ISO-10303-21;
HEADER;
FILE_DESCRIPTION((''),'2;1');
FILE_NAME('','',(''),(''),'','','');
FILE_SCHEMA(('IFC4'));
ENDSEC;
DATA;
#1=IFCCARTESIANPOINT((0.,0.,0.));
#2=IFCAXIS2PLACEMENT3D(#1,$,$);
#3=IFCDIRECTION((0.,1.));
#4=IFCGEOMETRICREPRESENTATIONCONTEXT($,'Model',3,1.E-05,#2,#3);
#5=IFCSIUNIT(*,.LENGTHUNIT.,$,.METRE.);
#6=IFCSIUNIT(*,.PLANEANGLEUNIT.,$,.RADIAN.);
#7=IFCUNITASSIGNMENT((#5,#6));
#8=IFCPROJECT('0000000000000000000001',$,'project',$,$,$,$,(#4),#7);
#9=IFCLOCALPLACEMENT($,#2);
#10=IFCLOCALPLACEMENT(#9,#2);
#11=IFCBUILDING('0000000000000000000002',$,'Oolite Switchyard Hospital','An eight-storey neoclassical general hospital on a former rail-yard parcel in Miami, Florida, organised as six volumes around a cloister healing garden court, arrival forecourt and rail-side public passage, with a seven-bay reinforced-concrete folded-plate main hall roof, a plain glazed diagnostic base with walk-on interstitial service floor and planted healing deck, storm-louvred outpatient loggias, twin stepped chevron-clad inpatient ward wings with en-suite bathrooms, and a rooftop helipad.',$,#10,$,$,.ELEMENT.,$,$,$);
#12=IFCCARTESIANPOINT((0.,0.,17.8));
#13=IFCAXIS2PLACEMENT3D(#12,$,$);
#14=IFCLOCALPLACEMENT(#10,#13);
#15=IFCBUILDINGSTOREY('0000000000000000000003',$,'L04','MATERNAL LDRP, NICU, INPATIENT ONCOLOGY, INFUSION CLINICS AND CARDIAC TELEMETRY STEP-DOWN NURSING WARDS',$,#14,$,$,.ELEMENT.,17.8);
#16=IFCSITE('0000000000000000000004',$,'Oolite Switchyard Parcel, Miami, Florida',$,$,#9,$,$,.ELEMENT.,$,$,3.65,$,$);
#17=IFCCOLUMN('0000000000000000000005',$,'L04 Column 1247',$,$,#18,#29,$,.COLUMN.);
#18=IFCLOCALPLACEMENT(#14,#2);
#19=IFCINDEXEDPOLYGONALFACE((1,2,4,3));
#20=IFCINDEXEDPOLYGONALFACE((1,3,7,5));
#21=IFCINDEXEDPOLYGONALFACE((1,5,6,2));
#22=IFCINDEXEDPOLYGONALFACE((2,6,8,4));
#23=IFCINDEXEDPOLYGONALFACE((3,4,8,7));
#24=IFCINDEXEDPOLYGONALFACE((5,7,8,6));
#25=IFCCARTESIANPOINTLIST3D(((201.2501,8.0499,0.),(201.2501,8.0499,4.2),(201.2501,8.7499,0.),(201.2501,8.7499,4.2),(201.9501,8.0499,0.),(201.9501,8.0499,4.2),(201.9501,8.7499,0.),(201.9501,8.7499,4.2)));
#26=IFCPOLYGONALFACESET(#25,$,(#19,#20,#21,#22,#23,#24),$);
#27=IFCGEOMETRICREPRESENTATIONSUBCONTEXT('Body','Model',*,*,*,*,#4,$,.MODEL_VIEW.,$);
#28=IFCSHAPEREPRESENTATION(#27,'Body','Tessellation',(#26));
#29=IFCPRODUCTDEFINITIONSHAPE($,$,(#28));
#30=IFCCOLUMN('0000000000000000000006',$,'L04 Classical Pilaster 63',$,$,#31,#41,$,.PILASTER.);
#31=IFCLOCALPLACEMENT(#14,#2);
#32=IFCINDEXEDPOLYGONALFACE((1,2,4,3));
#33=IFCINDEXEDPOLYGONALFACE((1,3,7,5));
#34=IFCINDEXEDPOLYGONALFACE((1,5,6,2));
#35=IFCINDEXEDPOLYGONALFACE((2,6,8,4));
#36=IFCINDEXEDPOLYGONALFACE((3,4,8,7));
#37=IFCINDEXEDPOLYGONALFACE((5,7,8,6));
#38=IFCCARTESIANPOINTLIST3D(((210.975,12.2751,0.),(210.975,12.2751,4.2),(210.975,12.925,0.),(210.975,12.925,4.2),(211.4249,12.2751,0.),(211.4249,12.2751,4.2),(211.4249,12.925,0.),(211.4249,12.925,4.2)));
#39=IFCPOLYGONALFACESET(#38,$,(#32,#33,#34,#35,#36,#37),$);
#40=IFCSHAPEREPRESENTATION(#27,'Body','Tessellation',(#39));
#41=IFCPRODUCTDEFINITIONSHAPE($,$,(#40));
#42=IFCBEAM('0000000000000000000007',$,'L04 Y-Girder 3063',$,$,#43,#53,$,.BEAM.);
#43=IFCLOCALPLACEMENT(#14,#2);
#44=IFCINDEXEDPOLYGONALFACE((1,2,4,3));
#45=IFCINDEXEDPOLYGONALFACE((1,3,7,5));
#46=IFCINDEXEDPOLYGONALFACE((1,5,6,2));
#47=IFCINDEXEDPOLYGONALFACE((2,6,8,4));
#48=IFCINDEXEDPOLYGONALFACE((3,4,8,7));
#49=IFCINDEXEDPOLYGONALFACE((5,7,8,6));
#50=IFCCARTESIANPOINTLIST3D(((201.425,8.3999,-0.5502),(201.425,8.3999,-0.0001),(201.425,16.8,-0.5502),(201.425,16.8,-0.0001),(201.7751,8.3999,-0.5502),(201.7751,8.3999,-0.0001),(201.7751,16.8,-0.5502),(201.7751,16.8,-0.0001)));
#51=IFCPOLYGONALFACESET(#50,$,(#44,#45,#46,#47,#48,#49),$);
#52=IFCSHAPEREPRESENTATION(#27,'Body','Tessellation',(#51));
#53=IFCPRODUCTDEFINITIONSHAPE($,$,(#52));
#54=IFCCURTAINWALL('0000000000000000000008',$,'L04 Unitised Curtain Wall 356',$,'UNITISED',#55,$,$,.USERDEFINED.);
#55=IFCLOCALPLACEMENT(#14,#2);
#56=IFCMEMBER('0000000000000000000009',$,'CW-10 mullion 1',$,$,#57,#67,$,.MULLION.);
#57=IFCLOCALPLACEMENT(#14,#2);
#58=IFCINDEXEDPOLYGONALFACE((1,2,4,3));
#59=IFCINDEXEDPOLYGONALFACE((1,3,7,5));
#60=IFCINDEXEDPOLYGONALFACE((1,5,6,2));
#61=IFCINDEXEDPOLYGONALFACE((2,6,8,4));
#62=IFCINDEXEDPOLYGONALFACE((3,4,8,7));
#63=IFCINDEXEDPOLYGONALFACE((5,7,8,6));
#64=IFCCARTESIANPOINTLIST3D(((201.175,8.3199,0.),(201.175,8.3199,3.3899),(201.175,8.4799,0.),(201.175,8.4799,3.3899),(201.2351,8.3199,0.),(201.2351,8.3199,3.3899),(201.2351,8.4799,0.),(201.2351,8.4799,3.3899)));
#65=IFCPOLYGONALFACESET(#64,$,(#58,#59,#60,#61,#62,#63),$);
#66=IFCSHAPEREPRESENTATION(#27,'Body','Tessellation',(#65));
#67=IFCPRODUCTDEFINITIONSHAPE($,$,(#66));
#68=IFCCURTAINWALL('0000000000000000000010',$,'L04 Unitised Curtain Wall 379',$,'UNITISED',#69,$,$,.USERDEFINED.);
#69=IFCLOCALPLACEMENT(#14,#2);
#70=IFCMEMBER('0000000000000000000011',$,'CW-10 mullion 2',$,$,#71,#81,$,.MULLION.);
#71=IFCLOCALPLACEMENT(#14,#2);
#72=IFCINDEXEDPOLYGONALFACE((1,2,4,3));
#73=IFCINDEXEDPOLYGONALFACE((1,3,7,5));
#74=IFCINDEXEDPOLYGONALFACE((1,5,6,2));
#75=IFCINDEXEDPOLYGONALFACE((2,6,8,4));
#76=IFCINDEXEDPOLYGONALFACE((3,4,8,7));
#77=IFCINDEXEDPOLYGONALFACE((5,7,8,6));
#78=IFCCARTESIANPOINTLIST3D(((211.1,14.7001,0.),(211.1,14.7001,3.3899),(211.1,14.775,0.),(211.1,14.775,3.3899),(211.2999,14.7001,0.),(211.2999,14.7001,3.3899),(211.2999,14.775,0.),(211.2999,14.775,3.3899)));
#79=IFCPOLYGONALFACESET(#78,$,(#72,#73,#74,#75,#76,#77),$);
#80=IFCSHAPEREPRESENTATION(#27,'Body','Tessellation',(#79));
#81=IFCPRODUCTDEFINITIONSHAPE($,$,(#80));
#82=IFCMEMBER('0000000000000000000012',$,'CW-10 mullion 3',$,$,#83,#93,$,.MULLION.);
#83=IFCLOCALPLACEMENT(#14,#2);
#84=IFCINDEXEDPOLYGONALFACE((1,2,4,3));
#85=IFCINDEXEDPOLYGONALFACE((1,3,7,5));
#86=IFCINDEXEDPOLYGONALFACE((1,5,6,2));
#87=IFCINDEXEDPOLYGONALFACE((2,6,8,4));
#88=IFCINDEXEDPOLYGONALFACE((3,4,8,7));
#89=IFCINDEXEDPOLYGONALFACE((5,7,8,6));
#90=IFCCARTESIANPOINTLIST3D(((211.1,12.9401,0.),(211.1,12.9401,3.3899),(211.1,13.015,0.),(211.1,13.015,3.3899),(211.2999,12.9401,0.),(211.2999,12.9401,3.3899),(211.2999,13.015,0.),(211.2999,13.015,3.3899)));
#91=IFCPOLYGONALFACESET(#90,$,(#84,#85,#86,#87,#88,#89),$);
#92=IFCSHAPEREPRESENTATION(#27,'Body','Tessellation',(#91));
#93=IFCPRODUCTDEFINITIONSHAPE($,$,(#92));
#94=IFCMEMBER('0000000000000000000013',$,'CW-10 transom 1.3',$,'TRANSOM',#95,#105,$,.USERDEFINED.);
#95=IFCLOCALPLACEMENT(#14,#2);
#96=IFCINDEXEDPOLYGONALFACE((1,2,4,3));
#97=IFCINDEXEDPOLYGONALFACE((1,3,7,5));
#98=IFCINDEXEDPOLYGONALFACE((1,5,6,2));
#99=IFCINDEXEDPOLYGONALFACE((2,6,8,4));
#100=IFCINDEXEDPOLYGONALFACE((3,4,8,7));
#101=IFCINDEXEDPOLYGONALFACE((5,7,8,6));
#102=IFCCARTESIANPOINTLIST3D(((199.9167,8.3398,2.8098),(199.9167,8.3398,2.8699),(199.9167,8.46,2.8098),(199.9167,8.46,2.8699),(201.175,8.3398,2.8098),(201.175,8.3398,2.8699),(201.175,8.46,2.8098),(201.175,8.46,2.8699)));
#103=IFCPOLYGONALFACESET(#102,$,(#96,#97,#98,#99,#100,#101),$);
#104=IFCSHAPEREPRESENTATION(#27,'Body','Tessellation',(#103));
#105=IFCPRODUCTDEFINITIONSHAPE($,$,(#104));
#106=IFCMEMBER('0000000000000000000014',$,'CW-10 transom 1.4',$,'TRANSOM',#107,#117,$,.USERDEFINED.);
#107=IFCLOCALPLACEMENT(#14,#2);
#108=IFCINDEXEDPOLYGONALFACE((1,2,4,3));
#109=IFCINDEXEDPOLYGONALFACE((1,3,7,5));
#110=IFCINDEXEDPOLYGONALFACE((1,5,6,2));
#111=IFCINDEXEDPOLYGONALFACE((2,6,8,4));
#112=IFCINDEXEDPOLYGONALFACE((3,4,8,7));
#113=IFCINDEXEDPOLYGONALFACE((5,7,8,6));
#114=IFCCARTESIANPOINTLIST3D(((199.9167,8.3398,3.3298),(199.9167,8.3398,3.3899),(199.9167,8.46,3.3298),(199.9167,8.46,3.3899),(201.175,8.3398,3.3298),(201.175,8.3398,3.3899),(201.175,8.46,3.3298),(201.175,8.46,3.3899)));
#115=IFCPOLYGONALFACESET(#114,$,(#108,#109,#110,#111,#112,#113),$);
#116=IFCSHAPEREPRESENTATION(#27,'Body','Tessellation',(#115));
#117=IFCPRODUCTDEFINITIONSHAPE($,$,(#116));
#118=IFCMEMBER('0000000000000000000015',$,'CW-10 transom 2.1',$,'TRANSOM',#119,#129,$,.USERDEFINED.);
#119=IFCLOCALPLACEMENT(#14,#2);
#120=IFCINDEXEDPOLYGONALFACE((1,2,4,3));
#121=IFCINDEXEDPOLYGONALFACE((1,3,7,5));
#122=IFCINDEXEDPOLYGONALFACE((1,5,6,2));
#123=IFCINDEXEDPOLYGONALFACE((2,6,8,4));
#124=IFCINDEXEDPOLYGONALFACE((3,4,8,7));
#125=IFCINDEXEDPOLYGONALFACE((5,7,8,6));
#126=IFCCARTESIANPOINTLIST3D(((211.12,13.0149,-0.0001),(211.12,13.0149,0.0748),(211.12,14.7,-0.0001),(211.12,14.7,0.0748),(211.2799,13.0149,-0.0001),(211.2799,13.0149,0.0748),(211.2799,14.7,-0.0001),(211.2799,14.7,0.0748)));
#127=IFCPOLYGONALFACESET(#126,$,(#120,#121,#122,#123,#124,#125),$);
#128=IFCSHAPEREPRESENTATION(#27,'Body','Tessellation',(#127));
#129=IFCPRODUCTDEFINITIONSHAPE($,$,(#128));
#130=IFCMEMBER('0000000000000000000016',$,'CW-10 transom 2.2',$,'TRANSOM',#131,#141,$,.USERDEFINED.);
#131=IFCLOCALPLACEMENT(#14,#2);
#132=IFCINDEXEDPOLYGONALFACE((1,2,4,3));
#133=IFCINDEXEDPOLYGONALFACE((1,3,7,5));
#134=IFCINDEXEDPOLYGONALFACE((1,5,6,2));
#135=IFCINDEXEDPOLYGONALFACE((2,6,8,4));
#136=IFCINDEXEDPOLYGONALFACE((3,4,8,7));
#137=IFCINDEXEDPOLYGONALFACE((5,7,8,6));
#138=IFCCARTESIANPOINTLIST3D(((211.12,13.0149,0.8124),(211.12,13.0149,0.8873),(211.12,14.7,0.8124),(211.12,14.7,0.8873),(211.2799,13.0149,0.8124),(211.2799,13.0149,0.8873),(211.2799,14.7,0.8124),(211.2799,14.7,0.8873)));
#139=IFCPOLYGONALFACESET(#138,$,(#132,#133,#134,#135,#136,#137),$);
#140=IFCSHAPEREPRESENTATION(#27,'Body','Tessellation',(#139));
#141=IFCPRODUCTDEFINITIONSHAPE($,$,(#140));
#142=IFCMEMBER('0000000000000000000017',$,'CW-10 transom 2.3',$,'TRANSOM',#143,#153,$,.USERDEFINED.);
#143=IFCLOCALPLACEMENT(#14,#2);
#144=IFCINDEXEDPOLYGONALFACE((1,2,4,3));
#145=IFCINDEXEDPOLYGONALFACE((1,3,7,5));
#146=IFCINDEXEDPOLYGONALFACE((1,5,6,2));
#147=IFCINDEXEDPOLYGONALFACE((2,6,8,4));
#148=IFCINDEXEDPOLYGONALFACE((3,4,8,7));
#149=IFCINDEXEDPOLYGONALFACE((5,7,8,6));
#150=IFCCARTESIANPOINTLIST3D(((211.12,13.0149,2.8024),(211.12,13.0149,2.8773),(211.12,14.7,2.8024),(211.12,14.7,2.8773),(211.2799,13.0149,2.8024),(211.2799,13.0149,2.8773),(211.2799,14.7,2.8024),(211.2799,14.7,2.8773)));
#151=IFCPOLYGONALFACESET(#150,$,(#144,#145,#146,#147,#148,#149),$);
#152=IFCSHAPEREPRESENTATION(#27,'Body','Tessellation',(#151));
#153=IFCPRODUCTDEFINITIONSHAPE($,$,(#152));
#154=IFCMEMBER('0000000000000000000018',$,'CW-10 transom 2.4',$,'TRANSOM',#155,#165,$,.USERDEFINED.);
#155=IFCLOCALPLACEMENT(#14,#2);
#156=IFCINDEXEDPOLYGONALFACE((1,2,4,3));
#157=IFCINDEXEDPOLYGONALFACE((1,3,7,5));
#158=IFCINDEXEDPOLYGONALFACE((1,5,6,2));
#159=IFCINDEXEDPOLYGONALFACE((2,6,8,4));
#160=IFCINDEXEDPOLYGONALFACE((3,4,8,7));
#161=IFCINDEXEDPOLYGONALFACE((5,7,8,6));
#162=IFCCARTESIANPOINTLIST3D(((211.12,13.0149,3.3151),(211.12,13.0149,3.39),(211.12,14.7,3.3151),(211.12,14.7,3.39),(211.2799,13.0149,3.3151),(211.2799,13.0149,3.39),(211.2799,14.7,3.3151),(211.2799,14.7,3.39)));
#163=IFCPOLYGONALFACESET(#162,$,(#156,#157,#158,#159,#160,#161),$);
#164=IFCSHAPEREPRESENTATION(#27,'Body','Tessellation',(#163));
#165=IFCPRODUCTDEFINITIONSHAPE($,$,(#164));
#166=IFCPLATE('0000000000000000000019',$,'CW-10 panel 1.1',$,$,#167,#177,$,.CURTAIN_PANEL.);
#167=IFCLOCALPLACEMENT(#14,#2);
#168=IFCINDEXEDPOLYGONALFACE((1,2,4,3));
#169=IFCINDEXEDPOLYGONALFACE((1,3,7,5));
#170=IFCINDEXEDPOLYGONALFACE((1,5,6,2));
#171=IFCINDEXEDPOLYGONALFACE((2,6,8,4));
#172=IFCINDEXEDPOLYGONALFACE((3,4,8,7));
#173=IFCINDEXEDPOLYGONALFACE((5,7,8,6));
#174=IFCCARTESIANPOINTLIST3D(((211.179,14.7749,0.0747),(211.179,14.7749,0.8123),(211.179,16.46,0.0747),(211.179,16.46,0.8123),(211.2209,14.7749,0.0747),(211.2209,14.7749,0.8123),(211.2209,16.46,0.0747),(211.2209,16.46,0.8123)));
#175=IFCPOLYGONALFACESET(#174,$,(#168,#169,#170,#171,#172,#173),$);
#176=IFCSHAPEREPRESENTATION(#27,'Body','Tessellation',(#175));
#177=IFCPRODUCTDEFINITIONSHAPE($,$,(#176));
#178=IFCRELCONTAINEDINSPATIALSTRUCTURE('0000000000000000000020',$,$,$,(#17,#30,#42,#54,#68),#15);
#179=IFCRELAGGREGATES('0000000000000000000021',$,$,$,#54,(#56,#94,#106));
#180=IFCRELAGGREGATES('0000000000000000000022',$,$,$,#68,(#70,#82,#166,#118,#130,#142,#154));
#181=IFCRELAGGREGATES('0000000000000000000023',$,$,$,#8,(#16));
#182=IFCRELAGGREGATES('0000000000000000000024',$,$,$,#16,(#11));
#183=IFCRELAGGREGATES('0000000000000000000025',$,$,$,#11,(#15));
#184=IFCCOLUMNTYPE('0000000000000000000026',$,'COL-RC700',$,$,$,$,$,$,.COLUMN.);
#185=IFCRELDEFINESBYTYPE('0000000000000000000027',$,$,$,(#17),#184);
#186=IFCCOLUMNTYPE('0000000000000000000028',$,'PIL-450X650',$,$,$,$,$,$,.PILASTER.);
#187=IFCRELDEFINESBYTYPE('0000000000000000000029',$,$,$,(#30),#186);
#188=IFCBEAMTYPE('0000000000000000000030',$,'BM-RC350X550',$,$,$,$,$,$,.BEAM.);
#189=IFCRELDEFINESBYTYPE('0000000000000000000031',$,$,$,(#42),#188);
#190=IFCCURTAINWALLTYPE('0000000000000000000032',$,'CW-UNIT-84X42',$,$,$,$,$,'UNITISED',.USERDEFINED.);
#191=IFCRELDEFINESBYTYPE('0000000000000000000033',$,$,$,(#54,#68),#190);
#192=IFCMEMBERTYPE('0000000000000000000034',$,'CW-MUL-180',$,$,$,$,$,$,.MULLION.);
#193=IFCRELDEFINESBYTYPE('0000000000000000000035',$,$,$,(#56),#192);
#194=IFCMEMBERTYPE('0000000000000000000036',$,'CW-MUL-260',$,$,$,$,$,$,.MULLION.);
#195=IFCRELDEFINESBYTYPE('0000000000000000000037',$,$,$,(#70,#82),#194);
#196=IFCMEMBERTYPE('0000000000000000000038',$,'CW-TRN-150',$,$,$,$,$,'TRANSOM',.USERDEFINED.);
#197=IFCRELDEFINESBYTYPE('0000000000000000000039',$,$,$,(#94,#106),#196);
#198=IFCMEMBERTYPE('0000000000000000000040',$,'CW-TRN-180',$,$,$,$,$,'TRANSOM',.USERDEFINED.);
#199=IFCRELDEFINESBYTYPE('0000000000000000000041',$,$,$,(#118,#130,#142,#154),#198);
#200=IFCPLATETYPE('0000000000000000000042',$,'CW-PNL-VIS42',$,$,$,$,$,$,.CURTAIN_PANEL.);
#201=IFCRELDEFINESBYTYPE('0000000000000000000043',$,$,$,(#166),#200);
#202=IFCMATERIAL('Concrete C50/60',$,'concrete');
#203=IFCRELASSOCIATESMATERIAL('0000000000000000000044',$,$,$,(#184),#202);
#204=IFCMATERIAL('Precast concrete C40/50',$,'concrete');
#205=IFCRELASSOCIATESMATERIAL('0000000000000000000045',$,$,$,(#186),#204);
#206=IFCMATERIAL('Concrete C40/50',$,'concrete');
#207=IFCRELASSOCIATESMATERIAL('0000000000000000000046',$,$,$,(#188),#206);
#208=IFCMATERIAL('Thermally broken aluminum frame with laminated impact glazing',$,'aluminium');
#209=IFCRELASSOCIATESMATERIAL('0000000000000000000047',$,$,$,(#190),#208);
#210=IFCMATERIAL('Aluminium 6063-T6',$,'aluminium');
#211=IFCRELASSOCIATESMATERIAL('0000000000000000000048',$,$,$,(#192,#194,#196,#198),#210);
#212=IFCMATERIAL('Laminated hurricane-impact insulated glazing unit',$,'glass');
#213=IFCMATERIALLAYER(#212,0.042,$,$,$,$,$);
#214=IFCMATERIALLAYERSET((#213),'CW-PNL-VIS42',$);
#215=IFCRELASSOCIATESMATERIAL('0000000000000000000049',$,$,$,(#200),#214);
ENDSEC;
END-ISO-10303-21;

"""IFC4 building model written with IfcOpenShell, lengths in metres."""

from ifc_helpers import new_model, si_unit, direction, frame, origin, origin_2d, place, context, subcontext, project, spatial, rectangle, extrude, material, layer, layer_set, material_profile, profile_set, type_object, element, aggregate, save


model = new_model("IFC4")

# Units and contexts
model_context = context("Model", 3, precision=1e-05, world=origin(), true_north=direction((0.0, 1.0)))
body_context = subcontext(model_context, "Body", "Model", "MODEL_VIEW")
ifc_project = project(units=[si_unit("LENGTHUNIT", "METRE"), si_unit("PLANEANGLEUNIT", "RADIAN")], contexts=[model_context])

# Site, building, storey
site_placement = place(None, origin())
site = spatial("IfcSite", under=ifc_project, at=site_placement, Name="Oolite Switchyard Parcel, Miami, Florida", CompositionType="ELEMENT", RefElevation=3.65)
building_placement = place(site_placement, origin())
building = spatial("IfcBuilding", under=site, at=building_placement, Name="Oolite Switchyard Hospital", Description="An eight-storey neoclassical general hospital on a former rail-yard parcel in Miami, Florida, organised as six volumes around a cloister healing garden court, arrival forecourt and rail-side public passage, with a seven-bay reinforced-concrete folded-plate main hall roof, a plain glazed diagnostic base with walk-on interstitial service floor and planted healing deck, storm-louvred outpatient loggias, twin stepped chevron-clad inpatient ward wings with en-suite bathrooms, and a rooftop helipad.", CompositionType="ELEMENT")
storey_placement = place(building_placement, frame((0.0, 0.0, 17.8)))
storey = spatial("IfcBuildingStorey", under=building, at=storey_placement, Name="L04", Description="MATERNAL LDRP, NICU, INPATIENT ONCOLOGY, INFUSION CLINICS AND CARDIAC TELEMETRY STEP-DOWN NURSING WARDS", CompositionType="ELEMENT", Elevation=17.8)

# Columns
ifc_material_1 = material(Name="Concrete C50/60", Category="concrete")
ifc_material_profile_1 = material_profile(ifc_material_1, rectangle(XDim=0.7, YDim=0.7, at=origin_2d()), Name="RC700X700")
ifc_profile_set_1 = profile_set([ifc_material_profile_1], Name="Concrete C50/60")
column_type_1 = type_object("IfcColumnType", Name="COL-RC700", PredefinedType="COLUMN", material=ifc_profile_set_1)
column_1_placement = place(storey_placement, frame((201.6001, 8.3999, 0.0), z_axis=(0.0, 0.0, 1.0), x_axis=(1.0, 0.0, 0.0)))
element("IfcColumn", 1, at=column_1_placement, inside=storey, type_object=column_type_1, Name="L04 Column 1247", PredefinedType="COLUMN", context=body_context, shape_type="SweptSolid", body=[
    extrude(rectangle(XDim=0.7, YDim=0.7, at=origin_2d()), origin(), (0.0, 0.0, 1.0), 4.2),
])
ifc_material_2 = material(Name="Precast concrete C40/50", Category="concrete")
ifc_material_profile_2 = material_profile(ifc_material_2, rectangle(XDim=0.45, YDim=0.6499, at=origin_2d()), Name="PIL450X650")
ifc_profile_set_2 = profile_set([ifc_material_profile_2], Name="Precast concrete C40/50")
column_type_2 = type_object("IfcColumnType", Name="PIL-450X650", PredefinedType="PILASTER", material=ifc_profile_set_2)
column_2_placement = place(storey_placement, frame((211.2, 12.6001, 0.0), z_axis=(0.0, 0.0, 1.0), x_axis=(1.0, 0.0, 0.0)))
element("IfcColumn", 2, at=column_2_placement, inside=storey, type_object=column_type_2, Name="L04 Classical Pilaster 63", PredefinedType="PILASTER", context=body_context, shape_type="SweptSolid", body=[
    extrude(rectangle(XDim=0.45, YDim=0.6499, at=origin_2d()), origin(), (0.0, 0.0, 1.0), 4.2),
])

# Beam
ifc_material_3 = material(Name="Concrete C40/50", Category="concrete")
ifc_material_profile_3 = material_profile(ifc_material_3, rectangle(XDim=0.3501, YDim=0.55, at=origin_2d()), Name="RCB350X550")
ifc_profile_set_3 = profile_set([ifc_material_profile_3], Name="Concrete C40/50")
beam_type = type_object("IfcBeamType", Name="BM-RC350X550", PredefinedType="BEAM", material=ifc_profile_set_3)
beam_placement = place(storey_placement, frame((201.6001, 8.3999, -0.2751), z_axis=(0.0, 1.0, 0.0), x_axis=(-1.0, 0.0, 0.0)))
element("IfcBeam", 3, at=beam_placement, inside=storey, type_object=beam_type, Name="L04 Y-Girder 3063", PredefinedType="BEAM", context=body_context, shape_type="SweptSolid", body=[
    extrude(rectangle(XDim=0.3501, YDim=0.55, at=origin_2d()), origin(), (0.0, 0.0, 1.0), 8.4001),
])

# Curtain wall, member
ifc_material_4 = material(Name="Thermally broken aluminum frame with laminated impact glazing", Category="aluminium")
curtain_wall_type = type_object("IfcCurtainWallType", Name="CW-UNIT-84X42", ElementType="UNITISED", PredefinedType="USERDEFINED", material=ifc_material_4)
curtain_wall_1_placement = place(storey_placement, origin())
curtain_wall_1 = element("IfcCurtainWall", 4, at=curtain_wall_1_placement, inside=storey, type_object=curtain_wall_type, Name="L04 Unitised Curtain Wall 356", ObjectType="UNITISED", PredefinedType="USERDEFINED")
ifc_material_5 = material(Name="Aluminium 6063-T6", Category="aluminium")
ifc_material_profile_4 = material_profile(ifc_material_5, rectangle(XDim=0.1599, YDim=0.0601, at=origin_2d()), Name="CWM60X160")
ifc_profile_set_4 = profile_set([ifc_material_profile_4], Name="Aluminium 6063-T6")
member_type_1 = type_object("IfcMemberType", Name="CW-MUL-180", PredefinedType="MULLION", material=ifc_profile_set_4)
member_1_placement = place(storey_placement, frame((201.2051, 8.3999, 0.0), z_axis=(0.0, 0.0, 1.0), x_axis=(0.0, -1.0, 0.0)))
member_1 = element("IfcMember", 5, at=member_1_placement, type_object=member_type_1, Name="CW-10 mullion 1", PredefinedType="MULLION", context=body_context, shape_type="SweptSolid", body=[
    extrude(rectangle(XDim=0.1599, YDim=0.0601, at=origin_2d()), origin(), (0.0, 0.0, 1.0), 3.3899),
])

# Curtain wall, members
curtain_wall_2_placement = place(storey_placement, origin())
curtain_wall_2 = element("IfcCurtainWall", 6, at=curtain_wall_2_placement, inside=storey, type_object=curtain_wall_type, Name="L04 Unitised Curtain Wall 379", ObjectType="UNITISED", PredefinedType="USERDEFINED")
ifc_material_profile_5 = material_profile(ifc_material_5, rectangle(XDim=0.2, YDim=0.075, at=origin_2d()), Name="CWM75X200")
ifc_profile_set_5 = profile_set([ifc_material_profile_5], Name="Aluminium 6063-T6")
member_type_2 = type_object("IfcMemberType", Name="CW-MUL-260", PredefinedType="MULLION", material=ifc_profile_set_5)
member_2_placement = place(storey_placement, frame((211.2, 14.7375, 0.0), z_axis=(0.0, 0.0, 1.0), x_axis=(1.0, 0.0, 0.0)))
member_2 = element("IfcMember", 7, at=member_2_placement, type_object=member_type_2, Name="CW-10 mullion 2", PredefinedType="MULLION", context=body_context, shape_type="SweptSolid", body=[
    extrude(rectangle(XDim=0.2, YDim=0.075, at=origin_2d()), origin(), (0.0, 0.0, 1.0), 3.3899),
])
member_3_placement = place(storey_placement, frame((211.2, 12.9775, 0.0), z_axis=(0.0, 0.0, 1.0), x_axis=(1.0, 0.0, 0.0)))
member_3 = element("IfcMember", 8, at=member_3_placement, type_object=member_type_2, Name="CW-10 mullion 3", PredefinedType="MULLION", context=body_context, shape_type="SweptSolid", body=[
    extrude(rectangle(XDim=0.2, YDim=0.075, at=origin_2d()), origin(), (0.0, 0.0, 1.0), 3.3899),
])

# Members
ifc_material_profile_6 = material_profile(ifc_material_5, rectangle(XDim=0.1201, YDim=0.0601, at=origin_2d()), Name="CWT60X120")
ifc_profile_set_6 = profile_set([ifc_material_profile_6], Name="Aluminium 6063-T6")
member_type_3 = type_object("IfcMemberType", Name="CW-TRN-150", ElementType="TRANSOM", PredefinedType="USERDEFINED", material=ifc_profile_set_6)
member_4_placement = place(storey_placement, frame((201.175, 8.3999, 2.8398), z_axis=(-1.0, 0.0, 0.0), x_axis=(0.0, -1.0, 0.0)))
member_4 = element("IfcMember", 9, at=member_4_placement, type_object=member_type_3, Name="CW-10 transom 1.3", ObjectType="TRANSOM", PredefinedType="USERDEFINED", context=body_context, shape_type="SweptSolid", body=[
    extrude(rectangle(XDim=0.1201, YDim=0.0601, at=origin_2d()), origin(), (0.0, 0.0, 1.0), 1.2583),
])
member_5_placement = place(storey_placement, frame((201.175, 8.3999, 3.3599), z_axis=(-1.0, 0.0, 0.0), x_axis=(0.0, -1.0, 0.0)))
member_5 = element("IfcMember", 10, at=member_5_placement, type_object=member_type_3, Name="CW-10 transom 1.4", ObjectType="TRANSOM", PredefinedType="USERDEFINED", context=body_context, shape_type="SweptSolid", body=[
    extrude(rectangle(XDim=0.1201, YDim=0.0601, at=origin_2d()), origin(), (0.0, 0.0, 1.0), 1.2583),
])
aggregate(curtain_wall_1, [member_1, member_4, member_5])
ifc_material_profile_7 = material_profile(ifc_material_5, rectangle(XDim=0.1599, YDim=0.075, at=origin_2d()), Name="CWT75X160")
ifc_profile_set_7 = profile_set([ifc_material_profile_7], Name="Aluminium 6063-T6")
member_type_4 = type_object("IfcMemberType", Name="CW-TRN-180", ElementType="TRANSOM", PredefinedType="USERDEFINED", material=ifc_profile_set_7)
member_6_placement = place(storey_placement, frame((211.2, 14.7, 0.0374), z_axis=(0.0, -1.0, 0.0), x_axis=(1.0, 0.0, 0.0)))
member_6 = element("IfcMember", 11, at=member_6_placement, type_object=member_type_4, Name="CW-10 transom 2.1", ObjectType="TRANSOM", PredefinedType="USERDEFINED", context=body_context, shape_type="SweptSolid", body=[
    extrude(rectangle(XDim=0.1599, YDim=0.075, at=origin_2d()), origin(), (0.0, 0.0, 1.0), 1.6851),
])
member_7_placement = place(storey_placement, frame((211.2, 14.7, 0.8499), z_axis=(0.0, -1.0, 0.0), x_axis=(1.0, 0.0, 0.0)))
member_7 = element("IfcMember", 12, at=member_7_placement, type_object=member_type_4, Name="CW-10 transom 2.2", ObjectType="TRANSOM", PredefinedType="USERDEFINED", context=body_context, shape_type="SweptSolid", body=[
    extrude(rectangle(XDim=0.1599, YDim=0.075, at=origin_2d()), origin(), (0.0, 0.0, 1.0), 1.6851),
])
member_8_placement = place(storey_placement, frame((211.2, 14.7, 2.8398), z_axis=(0.0, -1.0, 0.0), x_axis=(1.0, 0.0, 0.0)))
member_8 = element("IfcMember", 13, at=member_8_placement, type_object=member_type_4, Name="CW-10 transom 2.3", ObjectType="TRANSOM", PredefinedType="USERDEFINED", context=body_context, shape_type="SweptSolid", body=[
    extrude(rectangle(XDim=0.1599, YDim=0.075, at=origin_2d()), origin(), (0.0, 0.0, 1.0), 1.6851),
])
member_9_placement = place(storey_placement, frame((211.2, 14.7, 3.3525), z_axis=(0.0, -1.0, 0.0), x_axis=(1.0, 0.0, 0.0)))
member_9 = element("IfcMember", 14, at=member_9_placement, type_object=member_type_4, Name="CW-10 transom 2.4", ObjectType="TRANSOM", PredefinedType="USERDEFINED", context=body_context, shape_type="SweptSolid", body=[
    extrude(rectangle(XDim=0.1599, YDim=0.075, at=origin_2d()), origin(), (0.0, 0.0, 1.0), 1.6851),
])

# Plate
ifc_material_6 = material(Name="Laminated hurricane-impact insulated glazing unit", Category="glass")
ifc_layer_1 = layer(ifc_material_6, 0.042)
ifc_layer_set_1 = layer_set([ifc_layer_1], Name="CW-PNL-VIS42")
plate_type = type_object("IfcPlateType", Name="CW-PNL-VIS42", PredefinedType="CURTAIN_PANEL", material=ifc_layer_set_1)
plate_1_placement = place(storey_placement, frame((211.2, 15.6174, 0.0747), z_axis=(0.0, 0.0, 1.0), x_axis=(0.0, -1.0, 0.0)))
plate_1 = element("IfcPlate", 15, at=plate_1_placement, type_object=plate_type, Name="CW-10 panel 1.1", PredefinedType="CURTAIN_PANEL", context=body_context, shape_type="SweptSolid", body=[
    extrude(rectangle(XDim=1.6851, YDim=0.042, at=origin_2d()), origin(), (0.0, 0.0, 1.0), 0.7375),
])
aggregate(curtain_wall_2, [member_2, member_3, plate_1, member_6, member_7, member_8, member_9])

save(model, "model.ifc")
